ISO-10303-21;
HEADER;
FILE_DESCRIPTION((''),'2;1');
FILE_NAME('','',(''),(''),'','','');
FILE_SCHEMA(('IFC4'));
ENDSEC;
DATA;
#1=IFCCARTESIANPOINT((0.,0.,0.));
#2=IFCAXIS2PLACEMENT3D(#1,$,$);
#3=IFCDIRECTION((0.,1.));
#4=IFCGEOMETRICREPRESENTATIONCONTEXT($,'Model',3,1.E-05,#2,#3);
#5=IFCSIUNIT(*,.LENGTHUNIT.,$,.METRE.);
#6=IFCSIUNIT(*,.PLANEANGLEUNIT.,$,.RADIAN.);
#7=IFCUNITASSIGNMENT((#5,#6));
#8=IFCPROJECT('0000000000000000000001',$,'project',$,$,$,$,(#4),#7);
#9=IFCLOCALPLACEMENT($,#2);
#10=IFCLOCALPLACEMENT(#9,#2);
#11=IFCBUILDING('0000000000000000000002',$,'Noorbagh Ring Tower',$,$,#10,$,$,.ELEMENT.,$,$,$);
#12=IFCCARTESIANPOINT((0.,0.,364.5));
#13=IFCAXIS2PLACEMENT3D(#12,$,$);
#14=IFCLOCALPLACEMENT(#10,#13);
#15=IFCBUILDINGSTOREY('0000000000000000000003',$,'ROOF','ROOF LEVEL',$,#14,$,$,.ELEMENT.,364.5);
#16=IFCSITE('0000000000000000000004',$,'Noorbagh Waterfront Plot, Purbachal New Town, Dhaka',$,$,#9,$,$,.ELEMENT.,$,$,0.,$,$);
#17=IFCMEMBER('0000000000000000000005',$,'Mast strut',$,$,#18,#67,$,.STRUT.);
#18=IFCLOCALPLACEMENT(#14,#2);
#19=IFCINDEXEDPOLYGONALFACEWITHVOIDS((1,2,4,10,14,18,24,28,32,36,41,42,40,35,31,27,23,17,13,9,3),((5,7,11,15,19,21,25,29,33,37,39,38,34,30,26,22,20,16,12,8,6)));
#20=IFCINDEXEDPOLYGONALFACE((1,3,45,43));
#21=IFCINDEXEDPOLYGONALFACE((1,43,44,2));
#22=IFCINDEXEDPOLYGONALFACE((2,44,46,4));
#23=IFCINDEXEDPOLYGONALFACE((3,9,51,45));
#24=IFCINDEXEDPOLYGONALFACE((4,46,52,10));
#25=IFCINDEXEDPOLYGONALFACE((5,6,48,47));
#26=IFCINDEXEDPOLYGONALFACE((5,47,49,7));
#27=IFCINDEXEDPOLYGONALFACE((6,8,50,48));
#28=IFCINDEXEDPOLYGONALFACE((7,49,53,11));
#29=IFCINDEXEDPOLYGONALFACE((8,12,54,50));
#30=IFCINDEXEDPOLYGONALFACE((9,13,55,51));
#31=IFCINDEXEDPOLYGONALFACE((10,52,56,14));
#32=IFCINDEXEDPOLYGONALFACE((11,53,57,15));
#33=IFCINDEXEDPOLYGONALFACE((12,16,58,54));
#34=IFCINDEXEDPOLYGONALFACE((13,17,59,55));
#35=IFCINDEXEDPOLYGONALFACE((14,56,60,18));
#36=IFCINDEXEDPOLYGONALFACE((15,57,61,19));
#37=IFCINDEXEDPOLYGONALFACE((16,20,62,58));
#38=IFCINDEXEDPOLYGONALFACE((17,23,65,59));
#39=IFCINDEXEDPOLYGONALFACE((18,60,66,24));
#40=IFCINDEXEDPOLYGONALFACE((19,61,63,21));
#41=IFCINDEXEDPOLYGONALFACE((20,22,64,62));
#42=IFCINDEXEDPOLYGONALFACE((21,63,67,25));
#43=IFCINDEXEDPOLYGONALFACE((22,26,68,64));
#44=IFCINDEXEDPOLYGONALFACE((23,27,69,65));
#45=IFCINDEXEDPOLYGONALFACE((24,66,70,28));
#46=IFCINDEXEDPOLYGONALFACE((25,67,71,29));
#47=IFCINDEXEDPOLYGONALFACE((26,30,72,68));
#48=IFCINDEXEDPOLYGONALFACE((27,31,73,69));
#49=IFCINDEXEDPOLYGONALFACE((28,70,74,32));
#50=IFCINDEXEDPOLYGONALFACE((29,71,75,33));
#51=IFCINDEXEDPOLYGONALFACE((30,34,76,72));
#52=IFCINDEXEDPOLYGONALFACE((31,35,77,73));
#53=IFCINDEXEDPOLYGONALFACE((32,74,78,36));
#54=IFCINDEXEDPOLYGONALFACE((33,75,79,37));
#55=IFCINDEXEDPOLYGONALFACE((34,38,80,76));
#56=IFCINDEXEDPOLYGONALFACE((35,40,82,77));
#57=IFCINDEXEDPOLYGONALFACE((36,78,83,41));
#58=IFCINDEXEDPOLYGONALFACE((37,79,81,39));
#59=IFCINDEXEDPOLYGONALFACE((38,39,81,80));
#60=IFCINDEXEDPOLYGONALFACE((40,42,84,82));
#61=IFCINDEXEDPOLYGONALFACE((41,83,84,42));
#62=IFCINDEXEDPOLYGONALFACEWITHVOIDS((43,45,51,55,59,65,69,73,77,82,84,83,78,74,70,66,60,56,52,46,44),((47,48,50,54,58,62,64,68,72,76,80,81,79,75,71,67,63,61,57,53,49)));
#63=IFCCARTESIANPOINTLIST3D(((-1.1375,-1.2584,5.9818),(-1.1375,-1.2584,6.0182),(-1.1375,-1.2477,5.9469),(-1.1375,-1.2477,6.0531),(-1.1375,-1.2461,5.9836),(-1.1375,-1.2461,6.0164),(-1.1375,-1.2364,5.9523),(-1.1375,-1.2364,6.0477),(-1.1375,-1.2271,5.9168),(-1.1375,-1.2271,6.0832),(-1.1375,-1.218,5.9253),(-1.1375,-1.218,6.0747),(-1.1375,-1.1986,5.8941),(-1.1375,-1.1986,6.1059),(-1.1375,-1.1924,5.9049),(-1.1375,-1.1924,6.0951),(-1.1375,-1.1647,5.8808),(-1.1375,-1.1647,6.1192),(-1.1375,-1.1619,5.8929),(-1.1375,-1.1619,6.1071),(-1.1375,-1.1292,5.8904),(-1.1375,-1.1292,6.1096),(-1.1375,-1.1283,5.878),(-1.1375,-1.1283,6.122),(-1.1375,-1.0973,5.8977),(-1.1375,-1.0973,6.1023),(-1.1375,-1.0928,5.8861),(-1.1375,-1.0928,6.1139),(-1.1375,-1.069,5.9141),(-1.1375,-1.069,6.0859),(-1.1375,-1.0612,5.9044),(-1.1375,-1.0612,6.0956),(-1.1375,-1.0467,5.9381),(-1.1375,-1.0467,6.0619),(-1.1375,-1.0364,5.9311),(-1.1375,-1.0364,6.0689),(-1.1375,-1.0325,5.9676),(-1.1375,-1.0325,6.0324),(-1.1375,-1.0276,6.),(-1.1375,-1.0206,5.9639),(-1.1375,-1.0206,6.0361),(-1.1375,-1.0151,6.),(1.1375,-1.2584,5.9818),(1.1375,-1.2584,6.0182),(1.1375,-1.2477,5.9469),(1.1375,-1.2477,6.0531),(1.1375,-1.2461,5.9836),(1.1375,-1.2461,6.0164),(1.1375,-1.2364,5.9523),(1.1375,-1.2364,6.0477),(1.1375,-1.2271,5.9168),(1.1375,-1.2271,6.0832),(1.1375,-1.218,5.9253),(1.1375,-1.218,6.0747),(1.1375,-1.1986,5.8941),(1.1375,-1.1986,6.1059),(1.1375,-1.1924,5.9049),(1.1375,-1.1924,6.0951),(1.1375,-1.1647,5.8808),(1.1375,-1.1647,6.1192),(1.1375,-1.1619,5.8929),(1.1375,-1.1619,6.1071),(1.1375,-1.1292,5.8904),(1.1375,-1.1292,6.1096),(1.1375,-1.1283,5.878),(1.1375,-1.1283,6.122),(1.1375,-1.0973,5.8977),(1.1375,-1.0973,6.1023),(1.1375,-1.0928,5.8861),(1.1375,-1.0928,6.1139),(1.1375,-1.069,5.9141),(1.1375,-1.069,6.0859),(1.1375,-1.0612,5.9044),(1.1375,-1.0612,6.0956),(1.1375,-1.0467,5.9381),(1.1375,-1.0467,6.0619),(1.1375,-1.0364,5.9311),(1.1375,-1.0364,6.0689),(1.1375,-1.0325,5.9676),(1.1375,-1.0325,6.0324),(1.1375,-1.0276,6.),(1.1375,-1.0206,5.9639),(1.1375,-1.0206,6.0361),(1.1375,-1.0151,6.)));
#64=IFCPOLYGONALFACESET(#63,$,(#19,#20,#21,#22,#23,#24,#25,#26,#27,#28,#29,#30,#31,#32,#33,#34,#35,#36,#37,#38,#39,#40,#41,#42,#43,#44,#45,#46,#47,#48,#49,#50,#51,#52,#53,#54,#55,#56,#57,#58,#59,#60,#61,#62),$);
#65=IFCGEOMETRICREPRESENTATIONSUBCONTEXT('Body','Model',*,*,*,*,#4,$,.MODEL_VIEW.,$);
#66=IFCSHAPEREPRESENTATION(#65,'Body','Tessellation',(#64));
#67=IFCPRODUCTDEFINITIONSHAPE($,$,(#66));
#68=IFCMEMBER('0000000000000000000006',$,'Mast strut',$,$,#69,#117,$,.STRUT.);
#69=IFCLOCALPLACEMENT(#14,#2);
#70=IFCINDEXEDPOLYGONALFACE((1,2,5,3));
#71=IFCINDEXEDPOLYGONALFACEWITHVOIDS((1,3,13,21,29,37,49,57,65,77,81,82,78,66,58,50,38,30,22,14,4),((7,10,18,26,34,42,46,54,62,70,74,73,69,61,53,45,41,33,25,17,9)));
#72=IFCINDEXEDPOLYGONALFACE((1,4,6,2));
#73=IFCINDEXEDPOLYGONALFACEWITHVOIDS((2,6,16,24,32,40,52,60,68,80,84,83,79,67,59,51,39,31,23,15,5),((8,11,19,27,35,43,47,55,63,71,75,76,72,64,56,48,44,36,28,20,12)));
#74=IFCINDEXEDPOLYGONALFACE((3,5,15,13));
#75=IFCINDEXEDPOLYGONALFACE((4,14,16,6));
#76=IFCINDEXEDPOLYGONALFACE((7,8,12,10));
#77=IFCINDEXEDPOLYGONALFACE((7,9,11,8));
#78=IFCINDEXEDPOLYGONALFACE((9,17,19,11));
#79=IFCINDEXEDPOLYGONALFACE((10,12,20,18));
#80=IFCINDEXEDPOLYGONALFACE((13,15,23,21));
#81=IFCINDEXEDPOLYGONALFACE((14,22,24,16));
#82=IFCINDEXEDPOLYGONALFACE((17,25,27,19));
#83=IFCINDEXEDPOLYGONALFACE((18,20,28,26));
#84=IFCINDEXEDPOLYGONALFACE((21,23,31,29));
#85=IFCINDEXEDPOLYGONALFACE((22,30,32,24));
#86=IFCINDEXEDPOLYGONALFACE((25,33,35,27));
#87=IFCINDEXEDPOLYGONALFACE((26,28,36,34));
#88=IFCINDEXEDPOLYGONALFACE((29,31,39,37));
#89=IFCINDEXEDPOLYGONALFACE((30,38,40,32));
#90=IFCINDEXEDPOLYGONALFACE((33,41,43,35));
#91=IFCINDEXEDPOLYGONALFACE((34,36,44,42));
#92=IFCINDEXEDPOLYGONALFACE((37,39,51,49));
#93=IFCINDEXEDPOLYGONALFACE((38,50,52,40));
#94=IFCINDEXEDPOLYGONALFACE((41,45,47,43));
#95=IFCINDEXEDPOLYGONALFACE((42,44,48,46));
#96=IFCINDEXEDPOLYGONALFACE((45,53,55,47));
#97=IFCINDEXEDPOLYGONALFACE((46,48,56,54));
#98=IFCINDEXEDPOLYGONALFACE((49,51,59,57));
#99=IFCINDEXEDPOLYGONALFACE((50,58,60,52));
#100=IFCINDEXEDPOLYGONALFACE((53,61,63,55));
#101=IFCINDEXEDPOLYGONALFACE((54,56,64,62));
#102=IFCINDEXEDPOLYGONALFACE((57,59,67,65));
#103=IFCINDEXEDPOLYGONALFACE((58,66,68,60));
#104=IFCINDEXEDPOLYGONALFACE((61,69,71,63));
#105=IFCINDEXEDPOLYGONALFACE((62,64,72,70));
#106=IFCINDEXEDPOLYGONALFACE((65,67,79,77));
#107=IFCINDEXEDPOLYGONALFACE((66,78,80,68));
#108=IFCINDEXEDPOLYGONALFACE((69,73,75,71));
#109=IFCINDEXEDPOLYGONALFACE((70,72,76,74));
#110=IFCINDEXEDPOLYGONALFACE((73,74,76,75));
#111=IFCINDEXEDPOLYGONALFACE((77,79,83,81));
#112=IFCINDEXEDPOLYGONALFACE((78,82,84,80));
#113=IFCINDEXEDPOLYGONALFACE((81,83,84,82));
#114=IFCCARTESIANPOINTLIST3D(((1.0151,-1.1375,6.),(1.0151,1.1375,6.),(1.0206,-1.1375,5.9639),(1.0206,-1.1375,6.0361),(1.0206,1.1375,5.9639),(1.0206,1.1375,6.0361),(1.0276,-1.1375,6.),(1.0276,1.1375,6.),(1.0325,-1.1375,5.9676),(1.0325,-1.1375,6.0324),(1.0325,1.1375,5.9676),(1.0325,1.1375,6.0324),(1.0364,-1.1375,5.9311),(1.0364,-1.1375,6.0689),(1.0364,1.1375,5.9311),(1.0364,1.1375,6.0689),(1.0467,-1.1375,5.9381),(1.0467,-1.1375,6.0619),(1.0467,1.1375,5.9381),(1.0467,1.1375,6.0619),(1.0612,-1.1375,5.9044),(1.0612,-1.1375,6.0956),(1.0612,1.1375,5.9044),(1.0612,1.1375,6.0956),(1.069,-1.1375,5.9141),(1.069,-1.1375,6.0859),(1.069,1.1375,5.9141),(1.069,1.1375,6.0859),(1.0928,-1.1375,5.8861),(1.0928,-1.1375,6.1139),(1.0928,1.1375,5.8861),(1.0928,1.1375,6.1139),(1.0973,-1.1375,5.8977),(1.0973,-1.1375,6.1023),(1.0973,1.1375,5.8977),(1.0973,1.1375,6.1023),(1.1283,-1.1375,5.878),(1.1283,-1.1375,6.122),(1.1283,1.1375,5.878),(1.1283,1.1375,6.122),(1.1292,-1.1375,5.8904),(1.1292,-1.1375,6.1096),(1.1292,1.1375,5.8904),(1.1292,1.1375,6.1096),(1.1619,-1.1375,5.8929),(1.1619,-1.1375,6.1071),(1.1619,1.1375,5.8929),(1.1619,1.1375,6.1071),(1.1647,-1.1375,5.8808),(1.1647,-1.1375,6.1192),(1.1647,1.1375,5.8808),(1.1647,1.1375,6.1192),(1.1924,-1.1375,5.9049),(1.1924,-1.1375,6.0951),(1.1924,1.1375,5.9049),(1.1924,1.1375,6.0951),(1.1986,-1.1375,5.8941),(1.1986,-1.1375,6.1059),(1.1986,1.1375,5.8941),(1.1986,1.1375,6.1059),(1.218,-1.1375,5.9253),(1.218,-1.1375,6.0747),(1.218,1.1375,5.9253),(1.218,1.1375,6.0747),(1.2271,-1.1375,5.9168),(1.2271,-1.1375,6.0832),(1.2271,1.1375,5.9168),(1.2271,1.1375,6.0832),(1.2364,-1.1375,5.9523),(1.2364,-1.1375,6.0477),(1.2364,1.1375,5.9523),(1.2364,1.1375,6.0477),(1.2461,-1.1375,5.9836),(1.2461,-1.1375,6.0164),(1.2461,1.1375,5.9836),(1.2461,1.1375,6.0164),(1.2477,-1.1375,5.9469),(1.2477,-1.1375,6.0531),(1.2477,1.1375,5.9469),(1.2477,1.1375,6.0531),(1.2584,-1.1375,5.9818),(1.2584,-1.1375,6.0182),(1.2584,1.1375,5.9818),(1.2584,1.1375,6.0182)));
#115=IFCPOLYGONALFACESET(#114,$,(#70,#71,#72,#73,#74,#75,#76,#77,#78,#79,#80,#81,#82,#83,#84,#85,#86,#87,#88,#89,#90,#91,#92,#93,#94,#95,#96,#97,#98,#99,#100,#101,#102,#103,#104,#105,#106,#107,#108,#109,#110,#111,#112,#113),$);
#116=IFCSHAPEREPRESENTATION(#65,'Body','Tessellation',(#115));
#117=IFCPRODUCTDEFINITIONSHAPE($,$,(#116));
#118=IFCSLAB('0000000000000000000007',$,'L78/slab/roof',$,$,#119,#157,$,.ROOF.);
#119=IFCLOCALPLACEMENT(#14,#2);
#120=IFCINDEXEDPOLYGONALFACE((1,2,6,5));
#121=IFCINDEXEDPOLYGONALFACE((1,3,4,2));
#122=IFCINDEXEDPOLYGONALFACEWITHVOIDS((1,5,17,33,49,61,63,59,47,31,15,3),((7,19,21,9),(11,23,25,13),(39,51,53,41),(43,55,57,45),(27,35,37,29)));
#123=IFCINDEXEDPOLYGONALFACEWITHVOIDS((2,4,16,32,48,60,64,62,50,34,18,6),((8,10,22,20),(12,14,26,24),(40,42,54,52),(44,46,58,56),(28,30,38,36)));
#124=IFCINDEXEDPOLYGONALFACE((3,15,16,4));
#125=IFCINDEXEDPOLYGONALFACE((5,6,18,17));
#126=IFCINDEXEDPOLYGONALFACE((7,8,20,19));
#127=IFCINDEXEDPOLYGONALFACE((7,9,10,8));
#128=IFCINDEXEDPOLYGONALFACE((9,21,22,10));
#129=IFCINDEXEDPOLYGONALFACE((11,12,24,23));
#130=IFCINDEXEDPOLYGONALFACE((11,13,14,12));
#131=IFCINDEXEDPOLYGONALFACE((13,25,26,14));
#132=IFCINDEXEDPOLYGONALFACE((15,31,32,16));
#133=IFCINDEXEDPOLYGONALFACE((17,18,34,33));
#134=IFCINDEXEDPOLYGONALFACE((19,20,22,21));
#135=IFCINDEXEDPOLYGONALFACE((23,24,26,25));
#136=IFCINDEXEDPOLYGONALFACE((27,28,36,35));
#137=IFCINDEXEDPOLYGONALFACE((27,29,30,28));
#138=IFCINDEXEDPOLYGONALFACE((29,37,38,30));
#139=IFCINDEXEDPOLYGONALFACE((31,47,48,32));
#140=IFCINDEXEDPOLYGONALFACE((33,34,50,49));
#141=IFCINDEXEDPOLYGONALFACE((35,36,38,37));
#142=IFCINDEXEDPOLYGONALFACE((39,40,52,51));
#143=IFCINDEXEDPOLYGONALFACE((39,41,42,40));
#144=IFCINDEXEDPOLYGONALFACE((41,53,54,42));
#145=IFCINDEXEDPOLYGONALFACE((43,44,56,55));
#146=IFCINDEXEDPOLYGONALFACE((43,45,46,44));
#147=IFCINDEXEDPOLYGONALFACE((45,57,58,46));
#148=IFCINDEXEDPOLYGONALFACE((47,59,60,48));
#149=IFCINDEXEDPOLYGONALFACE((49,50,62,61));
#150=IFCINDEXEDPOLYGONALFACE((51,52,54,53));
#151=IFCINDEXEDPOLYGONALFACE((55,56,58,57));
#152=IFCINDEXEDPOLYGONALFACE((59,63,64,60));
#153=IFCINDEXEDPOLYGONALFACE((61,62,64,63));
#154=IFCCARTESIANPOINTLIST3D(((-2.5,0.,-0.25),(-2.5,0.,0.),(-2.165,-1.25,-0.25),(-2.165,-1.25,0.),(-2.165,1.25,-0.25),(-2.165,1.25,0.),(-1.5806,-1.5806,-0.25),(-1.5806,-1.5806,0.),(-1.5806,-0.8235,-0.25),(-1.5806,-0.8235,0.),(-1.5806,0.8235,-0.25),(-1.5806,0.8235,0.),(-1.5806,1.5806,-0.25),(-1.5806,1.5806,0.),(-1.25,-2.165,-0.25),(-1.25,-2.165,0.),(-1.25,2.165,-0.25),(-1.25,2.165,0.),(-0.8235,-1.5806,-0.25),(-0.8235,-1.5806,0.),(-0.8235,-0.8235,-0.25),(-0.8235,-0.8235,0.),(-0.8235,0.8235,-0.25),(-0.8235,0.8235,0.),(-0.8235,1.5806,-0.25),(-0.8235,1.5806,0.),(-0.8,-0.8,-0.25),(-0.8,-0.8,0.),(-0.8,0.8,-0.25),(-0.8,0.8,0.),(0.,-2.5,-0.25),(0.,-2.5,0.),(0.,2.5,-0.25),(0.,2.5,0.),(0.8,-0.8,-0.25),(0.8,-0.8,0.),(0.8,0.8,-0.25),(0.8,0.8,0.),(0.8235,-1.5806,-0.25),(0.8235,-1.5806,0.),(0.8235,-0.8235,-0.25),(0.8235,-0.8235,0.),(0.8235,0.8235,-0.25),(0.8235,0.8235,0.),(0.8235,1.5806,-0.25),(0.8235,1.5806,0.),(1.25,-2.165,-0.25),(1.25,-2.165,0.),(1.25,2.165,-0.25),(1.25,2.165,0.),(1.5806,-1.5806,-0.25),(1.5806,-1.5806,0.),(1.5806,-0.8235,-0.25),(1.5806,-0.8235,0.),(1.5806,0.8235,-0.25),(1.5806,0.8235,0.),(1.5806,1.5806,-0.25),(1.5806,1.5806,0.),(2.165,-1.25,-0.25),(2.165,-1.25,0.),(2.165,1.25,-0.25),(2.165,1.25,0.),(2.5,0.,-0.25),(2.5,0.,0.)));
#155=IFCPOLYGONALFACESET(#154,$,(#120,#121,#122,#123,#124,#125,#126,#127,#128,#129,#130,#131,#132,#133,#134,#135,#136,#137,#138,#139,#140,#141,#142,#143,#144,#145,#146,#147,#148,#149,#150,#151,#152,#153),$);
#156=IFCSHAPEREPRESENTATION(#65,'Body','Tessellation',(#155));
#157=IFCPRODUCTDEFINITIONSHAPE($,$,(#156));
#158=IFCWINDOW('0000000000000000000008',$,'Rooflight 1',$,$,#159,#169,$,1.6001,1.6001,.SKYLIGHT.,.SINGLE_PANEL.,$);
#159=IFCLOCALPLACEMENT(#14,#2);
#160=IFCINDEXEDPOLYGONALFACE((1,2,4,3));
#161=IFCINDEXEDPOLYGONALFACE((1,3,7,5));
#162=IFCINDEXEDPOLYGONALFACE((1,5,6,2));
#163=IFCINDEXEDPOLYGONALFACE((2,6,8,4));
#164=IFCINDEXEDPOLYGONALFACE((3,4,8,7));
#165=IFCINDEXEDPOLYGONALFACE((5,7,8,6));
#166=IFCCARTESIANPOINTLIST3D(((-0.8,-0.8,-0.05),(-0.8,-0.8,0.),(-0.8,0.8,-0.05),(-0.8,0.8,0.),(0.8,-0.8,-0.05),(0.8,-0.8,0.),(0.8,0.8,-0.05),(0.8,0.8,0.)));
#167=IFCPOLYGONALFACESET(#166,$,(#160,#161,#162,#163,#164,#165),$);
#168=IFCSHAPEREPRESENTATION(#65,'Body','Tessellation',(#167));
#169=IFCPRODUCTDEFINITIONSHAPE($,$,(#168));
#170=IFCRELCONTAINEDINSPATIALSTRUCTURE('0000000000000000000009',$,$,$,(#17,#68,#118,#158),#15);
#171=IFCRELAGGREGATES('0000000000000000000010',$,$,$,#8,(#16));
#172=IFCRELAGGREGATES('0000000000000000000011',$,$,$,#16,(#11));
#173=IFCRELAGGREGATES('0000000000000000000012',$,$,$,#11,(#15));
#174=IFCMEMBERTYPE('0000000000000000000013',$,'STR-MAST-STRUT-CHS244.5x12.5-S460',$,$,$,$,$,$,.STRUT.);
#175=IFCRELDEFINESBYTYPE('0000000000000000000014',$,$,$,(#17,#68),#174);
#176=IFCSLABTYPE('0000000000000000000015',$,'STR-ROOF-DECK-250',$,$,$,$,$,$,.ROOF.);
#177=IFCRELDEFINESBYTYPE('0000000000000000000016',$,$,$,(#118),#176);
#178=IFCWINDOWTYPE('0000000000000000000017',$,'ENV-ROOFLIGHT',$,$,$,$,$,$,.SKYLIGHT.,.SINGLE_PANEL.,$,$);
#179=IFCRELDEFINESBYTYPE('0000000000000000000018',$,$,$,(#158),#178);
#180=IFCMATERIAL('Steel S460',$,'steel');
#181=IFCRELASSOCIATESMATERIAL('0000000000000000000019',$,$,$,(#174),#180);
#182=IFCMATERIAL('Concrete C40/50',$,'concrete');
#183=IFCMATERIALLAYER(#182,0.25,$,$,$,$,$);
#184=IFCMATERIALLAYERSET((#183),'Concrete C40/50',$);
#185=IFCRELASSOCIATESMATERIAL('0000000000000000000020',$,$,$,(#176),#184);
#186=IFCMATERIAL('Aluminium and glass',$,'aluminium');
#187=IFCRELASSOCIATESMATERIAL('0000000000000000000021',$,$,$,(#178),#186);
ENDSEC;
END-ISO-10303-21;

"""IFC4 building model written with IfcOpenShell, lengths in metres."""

from ifc_helpers import new_model, si_unit, direction, frame, origin, origin_2d, place, context, subcontext, project, spatial, polyline, rectangle, hollow_circle, outline, extrude, material, layer, layer_set, material_profile, profile_set, type_object, element, fill, save


model = new_model("IFC4")

# Units and contexts
model_context = context("Model", 3, precision=1e-05, world=origin(), true_north=direction((0.0, 1.0)))
body_context = subcontext(model_context, "Body", "Model", "MODEL_VIEW")
ifc_project = project(units=[si_unit("LENGTHUNIT", "METRE"), si_unit("PLANEANGLEUNIT", "RADIAN")], contexts=[model_context])

# Site, building, storey
site_placement = place(None, origin())
site = spatial("IfcSite", under=ifc_project, at=site_placement, Name="Noorbagh Waterfront Plot, Purbachal New Town, Dhaka", CompositionType="ELEMENT", RefElevation=0.0)
building_placement = place(site_placement, origin())
building = spatial("IfcBuilding", under=site, at=building_placement, Name="Noorbagh Ring Tower", CompositionType="ELEMENT")
storey_placement = place(building_placement, frame((0.0, 0.0, 364.5)))
storey = spatial("IfcBuildingStorey", under=building, at=storey_placement, Name="ROOF", Description="ROOF LEVEL", CompositionType="ELEMENT", Elevation=364.5)

# Members
ifc_material_1 = material(Name="Steel S460", Category="steel")
ifc_material_profile_1 = material_profile(ifc_material_1, hollow_circle(Radius=0.1223, WallThickness=0.0125, at=origin_2d()), Name="CHS244.5x12.5")
ifc_profile_set_1 = profile_set([ifc_material_profile_1], Name="Steel S460")
member_type_1 = type_object("IfcMemberType", Name="STR-MAST-STRUT-CHS244.5x12.5-S460", PredefinedType="STRUT", material=ifc_profile_set_1)
for number, where, z_axis, x_axis, name in (
    (1, (-1.1375, -1.1375, 6.0), (1.0, 0.0, 0.0), (0.0, 1.0, 0.0), "Mast strut"),
    (2, (1.1375, -1.1375, 6.0), (0.0, 1.0, 0.0), (-1.0, 0.0, 0.0), "Mast strut"),
):
    element("IfcMember", number, at=place(storey_placement, frame(where, z_axis=z_axis, x_axis=x_axis)), inside=storey, type_object=member_type_1, Name=name, PredefinedType="STRUT", context=body_context, shape_type="SweptSolid", body=[
        extrude(hollow_circle(Radius=0.1223, WallThickness=0.0125, at=origin_2d()), origin(), (0.0, 0.0, 1.0), 2.2749),
    ])

# Slab, opening, window
ifc_material_2 = material(Name="Concrete C40/50", Category="concrete")
ifc_layer = layer(ifc_material_2, 0.25)
ifc_layer_set = layer_set([ifc_layer], Name="Concrete C40/50")
slab_type = type_object("IfcSlabType", Name="STR-ROOF-DECK-250", PredefinedType="ROOF", material=ifc_layer_set)
slab_placement = place(storey_placement, frame((0.0, 0.0, -0.25)))
slab = element("IfcSlab", 3, at=slab_placement, inside=storey, type_object=slab_type, Name="L78/slab/roof", PredefinedType="ROOF", context=body_context, shape_type="SweptSolid", body=[
    extrude(outline(polyline([(2.5, 0.0), (2.165, 1.25), (1.25, 2.165), (0.0, 2.5), (-1.25, 2.165), (-2.165, 1.25), (-2.5, 0.0), (-2.165, -1.25), (-1.25, -2.165), (0.0, -2.5), (1.25, -2.165), (2.165, -1.25), (2.5, 0.0)]), holes=[polyline([(1.5806, -1.5806), (0.8235, -1.5806), (0.8235, -0.8235), (1.5806, -0.8235), (1.5806, -1.5806)]), polyline([(1.5806, 0.8235), (0.8235, 0.8235), (0.8235, 1.5806), (1.5806, 1.5806), (1.5806, 0.8235)]), polyline([(-0.8235, -1.5806), (-1.5806, -1.5806), (-1.5806, -0.8235), (-0.8235, -0.8235), (-0.8235, -1.5806)]), polyline([(-0.8235, 0.8235), (-1.5806, 0.8235), (-1.5806, 1.5806), (-0.8235, 1.5806), (-0.8235, 0.8235)])]), origin(), (0.0, 0.0, 1.0), 0.25),
])
opening_placement = place(slab_placement, origin())
opening = element("IfcOpeningElement", 4, at=opening_placement, cuts=slab, PredefinedType="OPENING", context=body_context, shape_type="SweptSolid", body=[
    extrude(rectangle(XDim=1.6001, YDim=1.6001, at=origin_2d()), origin(), (0.0, 0.0, 1.0), 0.25),
])
ifc_material_3 = material(Name="Aluminium and glass", Category="aluminium")
window_type = type_object("IfcWindowType", Name="ENV-ROOFLIGHT", PartitioningType="SINGLE_PANEL", PredefinedType="SKYLIGHT", material=ifc_material_3)
window_placement = place(opening_placement, frame((0.0, 0.0, 0.2)))
window = element("IfcWindow", 5, at=window_placement, inside=storey, type_object=window_type, Name="Rooflight 1", OverallHeight=1.6001, OverallWidth=1.6001, PartitioningType="SINGLE_PANEL", PredefinedType="SKYLIGHT", context=body_context, shape_type="SweptSolid", body=[
    extrude(rectangle(XDim=1.6001, YDim=1.6001, at=origin_2d()), origin(), (0.0, 0.0, 1.0), 0.05),
])
fill(opening, window)

save(model, "model.ifc")
